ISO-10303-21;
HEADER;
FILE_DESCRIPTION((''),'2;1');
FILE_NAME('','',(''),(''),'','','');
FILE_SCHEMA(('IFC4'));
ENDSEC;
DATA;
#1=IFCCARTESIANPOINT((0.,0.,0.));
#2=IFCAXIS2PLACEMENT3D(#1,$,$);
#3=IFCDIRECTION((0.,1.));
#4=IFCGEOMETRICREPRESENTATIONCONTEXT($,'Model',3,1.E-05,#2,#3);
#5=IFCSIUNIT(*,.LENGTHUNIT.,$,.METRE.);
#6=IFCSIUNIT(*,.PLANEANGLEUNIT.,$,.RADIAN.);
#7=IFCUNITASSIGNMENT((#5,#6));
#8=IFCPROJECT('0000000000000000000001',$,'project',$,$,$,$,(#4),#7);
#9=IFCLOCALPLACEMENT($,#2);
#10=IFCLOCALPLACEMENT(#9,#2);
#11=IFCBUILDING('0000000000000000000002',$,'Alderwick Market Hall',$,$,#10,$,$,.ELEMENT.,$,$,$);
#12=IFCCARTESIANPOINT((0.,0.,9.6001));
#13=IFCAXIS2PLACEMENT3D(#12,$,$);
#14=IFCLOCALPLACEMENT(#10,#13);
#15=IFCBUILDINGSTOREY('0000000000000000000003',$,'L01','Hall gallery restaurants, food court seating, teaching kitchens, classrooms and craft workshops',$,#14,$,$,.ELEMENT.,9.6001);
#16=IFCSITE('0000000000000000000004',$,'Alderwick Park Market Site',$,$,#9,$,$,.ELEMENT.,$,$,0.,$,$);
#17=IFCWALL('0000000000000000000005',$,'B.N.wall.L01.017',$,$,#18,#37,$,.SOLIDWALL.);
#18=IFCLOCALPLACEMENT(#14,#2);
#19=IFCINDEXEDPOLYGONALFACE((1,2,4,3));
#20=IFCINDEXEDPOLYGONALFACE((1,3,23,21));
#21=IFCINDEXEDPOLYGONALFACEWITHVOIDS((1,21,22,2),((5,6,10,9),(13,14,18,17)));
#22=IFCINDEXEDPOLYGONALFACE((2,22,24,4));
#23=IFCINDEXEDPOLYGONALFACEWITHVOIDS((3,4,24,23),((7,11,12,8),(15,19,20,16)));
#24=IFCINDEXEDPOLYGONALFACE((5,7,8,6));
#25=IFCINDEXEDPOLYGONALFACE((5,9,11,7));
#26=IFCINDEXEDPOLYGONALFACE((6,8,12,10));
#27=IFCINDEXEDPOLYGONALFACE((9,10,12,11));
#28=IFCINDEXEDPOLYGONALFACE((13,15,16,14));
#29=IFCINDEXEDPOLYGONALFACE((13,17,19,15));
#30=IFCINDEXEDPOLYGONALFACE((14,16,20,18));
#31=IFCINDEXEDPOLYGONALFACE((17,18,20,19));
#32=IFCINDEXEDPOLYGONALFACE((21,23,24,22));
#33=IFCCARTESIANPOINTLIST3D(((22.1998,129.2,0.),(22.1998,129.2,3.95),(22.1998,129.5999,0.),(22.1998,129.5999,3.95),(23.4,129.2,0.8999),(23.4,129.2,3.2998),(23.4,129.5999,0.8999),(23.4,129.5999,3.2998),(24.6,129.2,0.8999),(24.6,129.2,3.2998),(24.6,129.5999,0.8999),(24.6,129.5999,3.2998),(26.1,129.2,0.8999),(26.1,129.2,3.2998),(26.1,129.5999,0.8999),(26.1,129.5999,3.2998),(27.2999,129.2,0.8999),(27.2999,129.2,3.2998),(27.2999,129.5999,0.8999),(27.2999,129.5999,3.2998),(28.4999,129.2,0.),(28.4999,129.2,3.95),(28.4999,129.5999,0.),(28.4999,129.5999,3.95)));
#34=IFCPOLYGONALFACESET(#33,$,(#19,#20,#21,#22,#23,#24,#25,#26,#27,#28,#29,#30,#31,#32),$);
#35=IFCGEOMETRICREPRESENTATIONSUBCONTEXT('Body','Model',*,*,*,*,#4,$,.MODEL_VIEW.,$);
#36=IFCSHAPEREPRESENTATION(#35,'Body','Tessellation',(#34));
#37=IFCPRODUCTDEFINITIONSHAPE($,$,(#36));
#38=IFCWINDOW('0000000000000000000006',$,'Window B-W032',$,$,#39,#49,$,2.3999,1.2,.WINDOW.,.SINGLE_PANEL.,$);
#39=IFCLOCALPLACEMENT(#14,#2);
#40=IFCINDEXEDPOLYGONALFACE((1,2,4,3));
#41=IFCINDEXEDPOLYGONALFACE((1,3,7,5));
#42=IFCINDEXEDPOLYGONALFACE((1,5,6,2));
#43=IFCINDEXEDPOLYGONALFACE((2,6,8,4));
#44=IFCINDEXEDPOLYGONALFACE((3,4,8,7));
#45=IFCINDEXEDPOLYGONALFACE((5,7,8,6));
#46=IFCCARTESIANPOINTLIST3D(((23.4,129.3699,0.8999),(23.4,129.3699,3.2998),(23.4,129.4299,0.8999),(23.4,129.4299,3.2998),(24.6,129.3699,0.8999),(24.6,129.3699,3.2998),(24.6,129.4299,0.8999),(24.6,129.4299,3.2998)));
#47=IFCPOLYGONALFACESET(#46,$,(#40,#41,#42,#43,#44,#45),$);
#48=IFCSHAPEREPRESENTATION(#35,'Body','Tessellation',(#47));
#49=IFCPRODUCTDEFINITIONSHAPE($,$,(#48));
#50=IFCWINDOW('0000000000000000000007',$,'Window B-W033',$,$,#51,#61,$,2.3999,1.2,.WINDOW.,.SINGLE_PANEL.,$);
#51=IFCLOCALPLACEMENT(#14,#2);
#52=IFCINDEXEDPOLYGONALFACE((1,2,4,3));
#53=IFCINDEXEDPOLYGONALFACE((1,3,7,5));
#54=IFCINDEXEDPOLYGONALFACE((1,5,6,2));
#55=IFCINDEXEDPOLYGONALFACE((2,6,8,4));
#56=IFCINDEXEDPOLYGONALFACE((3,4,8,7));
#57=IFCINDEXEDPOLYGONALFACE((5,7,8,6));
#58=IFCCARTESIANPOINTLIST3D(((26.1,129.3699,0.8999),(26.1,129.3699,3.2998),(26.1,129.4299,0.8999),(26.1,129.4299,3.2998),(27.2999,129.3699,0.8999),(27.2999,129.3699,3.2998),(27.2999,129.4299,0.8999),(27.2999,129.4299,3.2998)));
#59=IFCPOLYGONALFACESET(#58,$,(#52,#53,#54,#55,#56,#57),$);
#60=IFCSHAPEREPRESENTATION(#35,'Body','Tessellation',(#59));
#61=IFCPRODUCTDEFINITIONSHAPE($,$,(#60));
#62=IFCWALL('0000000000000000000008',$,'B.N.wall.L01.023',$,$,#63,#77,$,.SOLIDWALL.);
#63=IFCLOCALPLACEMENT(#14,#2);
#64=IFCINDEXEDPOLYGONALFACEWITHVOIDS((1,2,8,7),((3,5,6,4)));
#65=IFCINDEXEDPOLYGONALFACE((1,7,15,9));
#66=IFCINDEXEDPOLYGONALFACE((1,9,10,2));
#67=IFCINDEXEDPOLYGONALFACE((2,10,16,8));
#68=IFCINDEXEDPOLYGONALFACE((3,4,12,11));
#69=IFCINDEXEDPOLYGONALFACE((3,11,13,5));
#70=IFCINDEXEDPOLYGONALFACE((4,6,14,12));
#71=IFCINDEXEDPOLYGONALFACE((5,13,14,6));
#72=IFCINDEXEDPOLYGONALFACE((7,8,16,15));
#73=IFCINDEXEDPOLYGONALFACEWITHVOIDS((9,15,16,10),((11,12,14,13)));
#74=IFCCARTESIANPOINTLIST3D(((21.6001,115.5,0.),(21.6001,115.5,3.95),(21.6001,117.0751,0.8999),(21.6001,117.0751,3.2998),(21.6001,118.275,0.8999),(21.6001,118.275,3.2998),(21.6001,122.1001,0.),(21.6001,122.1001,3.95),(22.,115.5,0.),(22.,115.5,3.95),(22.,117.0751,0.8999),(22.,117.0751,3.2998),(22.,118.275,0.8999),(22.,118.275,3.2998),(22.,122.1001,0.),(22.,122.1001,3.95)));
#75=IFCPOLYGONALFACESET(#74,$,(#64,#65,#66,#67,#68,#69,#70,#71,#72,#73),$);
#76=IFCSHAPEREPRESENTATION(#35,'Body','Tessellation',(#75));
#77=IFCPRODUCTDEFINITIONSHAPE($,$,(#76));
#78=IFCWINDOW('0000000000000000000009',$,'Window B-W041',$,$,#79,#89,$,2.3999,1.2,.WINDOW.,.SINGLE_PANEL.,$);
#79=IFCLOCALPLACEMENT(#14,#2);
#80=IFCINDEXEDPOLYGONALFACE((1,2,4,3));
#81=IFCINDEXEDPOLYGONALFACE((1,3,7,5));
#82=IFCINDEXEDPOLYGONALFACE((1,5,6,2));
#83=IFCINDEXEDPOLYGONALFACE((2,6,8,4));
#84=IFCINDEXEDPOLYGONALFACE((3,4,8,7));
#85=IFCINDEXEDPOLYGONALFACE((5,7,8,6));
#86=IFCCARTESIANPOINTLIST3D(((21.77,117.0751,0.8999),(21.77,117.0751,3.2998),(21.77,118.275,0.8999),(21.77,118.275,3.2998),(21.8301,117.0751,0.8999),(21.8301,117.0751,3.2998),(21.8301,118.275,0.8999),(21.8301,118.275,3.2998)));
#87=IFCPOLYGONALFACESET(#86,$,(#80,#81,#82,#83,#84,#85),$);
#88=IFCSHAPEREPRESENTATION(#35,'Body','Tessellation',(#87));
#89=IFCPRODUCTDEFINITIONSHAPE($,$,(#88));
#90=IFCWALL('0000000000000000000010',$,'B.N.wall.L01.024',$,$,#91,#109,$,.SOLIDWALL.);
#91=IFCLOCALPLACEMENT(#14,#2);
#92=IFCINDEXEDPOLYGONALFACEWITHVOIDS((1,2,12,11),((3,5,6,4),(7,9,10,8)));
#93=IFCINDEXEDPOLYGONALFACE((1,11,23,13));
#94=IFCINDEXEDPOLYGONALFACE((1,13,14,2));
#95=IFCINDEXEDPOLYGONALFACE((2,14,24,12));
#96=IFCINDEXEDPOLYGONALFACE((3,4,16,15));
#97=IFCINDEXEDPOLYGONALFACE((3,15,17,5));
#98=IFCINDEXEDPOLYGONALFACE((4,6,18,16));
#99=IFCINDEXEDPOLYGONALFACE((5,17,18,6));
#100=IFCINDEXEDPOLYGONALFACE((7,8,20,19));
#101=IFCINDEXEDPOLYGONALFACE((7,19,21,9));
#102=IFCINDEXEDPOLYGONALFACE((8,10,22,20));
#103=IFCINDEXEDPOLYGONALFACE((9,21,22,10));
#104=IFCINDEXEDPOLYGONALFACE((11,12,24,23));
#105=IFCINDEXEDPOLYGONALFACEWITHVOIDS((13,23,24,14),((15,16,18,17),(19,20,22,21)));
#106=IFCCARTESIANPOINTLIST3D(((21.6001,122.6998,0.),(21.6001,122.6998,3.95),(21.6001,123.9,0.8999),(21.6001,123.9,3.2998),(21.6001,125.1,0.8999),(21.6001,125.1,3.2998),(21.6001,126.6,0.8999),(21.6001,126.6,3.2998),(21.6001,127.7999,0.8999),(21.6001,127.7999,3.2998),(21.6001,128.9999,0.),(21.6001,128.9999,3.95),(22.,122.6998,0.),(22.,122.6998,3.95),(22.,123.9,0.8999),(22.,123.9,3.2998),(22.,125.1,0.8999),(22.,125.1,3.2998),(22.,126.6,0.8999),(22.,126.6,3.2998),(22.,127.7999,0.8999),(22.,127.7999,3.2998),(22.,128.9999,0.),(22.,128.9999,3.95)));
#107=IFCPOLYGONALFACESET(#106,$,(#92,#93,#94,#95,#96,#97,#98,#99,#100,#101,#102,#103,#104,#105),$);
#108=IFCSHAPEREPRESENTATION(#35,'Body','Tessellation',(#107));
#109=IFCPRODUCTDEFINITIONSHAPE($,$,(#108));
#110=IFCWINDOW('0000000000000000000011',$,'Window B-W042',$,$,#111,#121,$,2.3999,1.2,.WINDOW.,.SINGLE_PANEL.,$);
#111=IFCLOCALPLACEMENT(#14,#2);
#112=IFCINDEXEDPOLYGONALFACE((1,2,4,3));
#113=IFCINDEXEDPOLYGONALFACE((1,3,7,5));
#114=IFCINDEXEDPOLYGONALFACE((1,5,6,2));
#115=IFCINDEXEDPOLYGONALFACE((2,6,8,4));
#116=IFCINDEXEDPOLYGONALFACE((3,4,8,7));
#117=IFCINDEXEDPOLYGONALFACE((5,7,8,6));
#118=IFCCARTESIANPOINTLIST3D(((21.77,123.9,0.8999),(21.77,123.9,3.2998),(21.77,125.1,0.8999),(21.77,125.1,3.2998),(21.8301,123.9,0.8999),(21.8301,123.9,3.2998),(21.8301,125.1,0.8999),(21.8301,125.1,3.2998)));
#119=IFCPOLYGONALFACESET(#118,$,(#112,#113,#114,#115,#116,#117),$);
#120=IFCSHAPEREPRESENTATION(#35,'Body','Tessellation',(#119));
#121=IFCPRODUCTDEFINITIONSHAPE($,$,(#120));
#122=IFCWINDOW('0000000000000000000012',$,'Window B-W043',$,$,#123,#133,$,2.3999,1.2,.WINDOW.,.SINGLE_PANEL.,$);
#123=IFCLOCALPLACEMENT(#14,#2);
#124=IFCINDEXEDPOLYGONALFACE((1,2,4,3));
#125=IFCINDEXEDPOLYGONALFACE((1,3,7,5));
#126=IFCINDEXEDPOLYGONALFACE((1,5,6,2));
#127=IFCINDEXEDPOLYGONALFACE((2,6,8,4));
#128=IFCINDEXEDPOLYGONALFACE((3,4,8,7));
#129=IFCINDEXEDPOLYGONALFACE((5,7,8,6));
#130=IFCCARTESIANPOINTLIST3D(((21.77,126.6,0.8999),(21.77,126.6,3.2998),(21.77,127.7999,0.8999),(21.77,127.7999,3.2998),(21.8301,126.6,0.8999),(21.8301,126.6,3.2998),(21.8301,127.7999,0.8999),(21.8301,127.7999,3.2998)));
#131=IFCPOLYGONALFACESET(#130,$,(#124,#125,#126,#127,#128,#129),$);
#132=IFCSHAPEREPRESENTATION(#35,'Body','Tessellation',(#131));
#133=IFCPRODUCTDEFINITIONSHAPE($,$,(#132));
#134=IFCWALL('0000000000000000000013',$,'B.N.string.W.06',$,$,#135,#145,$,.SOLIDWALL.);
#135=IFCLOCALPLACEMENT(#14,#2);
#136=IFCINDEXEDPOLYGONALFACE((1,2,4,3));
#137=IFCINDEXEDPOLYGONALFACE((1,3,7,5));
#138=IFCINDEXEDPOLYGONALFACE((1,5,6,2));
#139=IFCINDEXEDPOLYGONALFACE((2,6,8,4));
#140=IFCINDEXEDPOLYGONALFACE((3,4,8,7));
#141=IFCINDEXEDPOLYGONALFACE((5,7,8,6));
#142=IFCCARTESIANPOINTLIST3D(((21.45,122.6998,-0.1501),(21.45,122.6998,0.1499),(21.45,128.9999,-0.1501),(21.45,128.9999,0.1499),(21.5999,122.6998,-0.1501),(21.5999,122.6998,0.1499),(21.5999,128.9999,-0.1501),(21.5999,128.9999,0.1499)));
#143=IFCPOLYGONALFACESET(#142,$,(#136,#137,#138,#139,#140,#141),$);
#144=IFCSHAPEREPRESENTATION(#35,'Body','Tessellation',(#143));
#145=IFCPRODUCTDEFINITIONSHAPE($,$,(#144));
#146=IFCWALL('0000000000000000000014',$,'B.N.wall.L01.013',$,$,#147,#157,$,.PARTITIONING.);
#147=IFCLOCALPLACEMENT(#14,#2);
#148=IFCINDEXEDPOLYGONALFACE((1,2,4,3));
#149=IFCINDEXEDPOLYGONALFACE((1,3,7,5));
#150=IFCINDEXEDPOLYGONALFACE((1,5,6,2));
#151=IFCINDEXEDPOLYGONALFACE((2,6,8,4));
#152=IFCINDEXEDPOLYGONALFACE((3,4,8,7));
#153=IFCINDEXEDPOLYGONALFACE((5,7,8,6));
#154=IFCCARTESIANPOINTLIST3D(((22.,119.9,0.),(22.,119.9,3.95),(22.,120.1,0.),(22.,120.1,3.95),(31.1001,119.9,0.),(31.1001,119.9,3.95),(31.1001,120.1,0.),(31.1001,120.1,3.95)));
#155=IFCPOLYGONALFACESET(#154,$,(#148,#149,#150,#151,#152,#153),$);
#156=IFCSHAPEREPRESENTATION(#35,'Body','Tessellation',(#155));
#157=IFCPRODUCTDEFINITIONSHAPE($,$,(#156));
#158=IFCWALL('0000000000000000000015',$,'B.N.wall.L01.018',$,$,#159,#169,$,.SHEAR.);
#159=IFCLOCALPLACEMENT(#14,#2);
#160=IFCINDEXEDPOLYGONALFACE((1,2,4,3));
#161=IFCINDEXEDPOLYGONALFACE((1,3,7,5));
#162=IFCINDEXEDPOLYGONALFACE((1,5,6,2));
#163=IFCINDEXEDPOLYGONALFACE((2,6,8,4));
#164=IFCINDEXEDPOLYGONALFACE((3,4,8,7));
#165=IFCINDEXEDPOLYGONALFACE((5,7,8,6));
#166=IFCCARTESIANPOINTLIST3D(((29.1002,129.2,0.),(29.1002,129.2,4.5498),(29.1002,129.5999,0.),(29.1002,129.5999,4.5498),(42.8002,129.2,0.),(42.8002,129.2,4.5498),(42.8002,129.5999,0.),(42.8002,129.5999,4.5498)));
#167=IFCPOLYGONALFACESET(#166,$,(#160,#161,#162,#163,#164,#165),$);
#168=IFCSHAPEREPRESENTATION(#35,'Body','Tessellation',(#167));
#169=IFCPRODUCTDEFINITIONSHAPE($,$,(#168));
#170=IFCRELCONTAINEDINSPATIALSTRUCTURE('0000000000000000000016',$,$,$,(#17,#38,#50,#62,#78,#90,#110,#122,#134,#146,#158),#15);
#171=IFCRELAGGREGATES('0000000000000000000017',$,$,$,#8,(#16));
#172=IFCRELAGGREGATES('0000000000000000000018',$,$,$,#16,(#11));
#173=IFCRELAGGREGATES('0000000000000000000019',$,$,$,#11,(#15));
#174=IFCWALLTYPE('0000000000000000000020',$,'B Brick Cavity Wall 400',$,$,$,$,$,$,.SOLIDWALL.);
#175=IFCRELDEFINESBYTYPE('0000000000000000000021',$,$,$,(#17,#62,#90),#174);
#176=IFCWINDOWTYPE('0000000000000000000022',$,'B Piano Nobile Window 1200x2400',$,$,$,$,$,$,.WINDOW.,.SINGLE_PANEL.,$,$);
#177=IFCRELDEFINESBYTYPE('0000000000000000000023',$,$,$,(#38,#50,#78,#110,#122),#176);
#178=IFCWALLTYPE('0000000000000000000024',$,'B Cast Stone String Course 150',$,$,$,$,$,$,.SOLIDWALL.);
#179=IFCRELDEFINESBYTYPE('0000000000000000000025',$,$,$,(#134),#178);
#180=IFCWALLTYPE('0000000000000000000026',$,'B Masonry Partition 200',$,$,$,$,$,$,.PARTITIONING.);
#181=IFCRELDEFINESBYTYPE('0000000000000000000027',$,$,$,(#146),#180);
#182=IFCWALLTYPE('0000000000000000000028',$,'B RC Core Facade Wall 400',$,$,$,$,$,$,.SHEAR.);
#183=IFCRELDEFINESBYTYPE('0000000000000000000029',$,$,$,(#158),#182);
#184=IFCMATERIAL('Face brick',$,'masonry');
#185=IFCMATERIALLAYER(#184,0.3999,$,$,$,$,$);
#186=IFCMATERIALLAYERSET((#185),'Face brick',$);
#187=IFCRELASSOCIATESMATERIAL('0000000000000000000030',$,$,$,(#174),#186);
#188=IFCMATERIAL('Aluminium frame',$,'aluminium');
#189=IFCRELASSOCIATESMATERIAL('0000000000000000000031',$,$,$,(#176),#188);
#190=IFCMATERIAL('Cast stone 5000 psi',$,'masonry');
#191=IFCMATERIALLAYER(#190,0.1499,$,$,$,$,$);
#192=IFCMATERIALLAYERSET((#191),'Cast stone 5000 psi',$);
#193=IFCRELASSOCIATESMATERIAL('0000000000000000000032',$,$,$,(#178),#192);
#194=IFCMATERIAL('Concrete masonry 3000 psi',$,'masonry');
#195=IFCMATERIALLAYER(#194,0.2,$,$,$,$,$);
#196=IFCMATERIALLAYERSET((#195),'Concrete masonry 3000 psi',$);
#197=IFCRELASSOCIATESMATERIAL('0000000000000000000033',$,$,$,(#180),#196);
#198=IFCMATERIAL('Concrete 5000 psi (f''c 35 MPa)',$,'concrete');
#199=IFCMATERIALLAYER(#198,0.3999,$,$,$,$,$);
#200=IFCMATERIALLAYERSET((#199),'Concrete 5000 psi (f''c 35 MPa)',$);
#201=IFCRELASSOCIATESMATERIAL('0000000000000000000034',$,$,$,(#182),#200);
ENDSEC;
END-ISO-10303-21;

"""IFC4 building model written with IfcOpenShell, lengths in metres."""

from ifc_helpers import new_model, si_unit, direction, frame, frame_2d, origin, place, context, subcontext, project, spatial, rectangle, extrude, material, layer, layer_set, type_object, element, fill, save


model = new_model("IFC4")

# Units and contexts
model_context = context("Model", 3, precision=1e-05, world=origin(), true_north=direction((0.0, 1.0)))
body_context = subcontext(model_context, "Body", "Model", "MODEL_VIEW")
ifc_project = project(units=[si_unit("LENGTHUNIT", "METRE"), si_unit("PLANEANGLEUNIT", "RADIAN")], contexts=[model_context])

# Site, building, storey
site_placement = place(None, origin())
site = spatial("IfcSite", under=ifc_project, at=site_placement, Name="Alderwick Park Market Site", CompositionType="ELEMENT", RefElevation=0.0)
building_placement = place(site_placement, origin())
building = spatial("IfcBuilding", under=site, at=building_placement, Name="Alderwick Market Hall", CompositionType="ELEMENT")
storey_placement = place(building_placement, frame((0.0, 0.0, 9.6001)))
storey = spatial("IfcBuildingStorey", under=building, at=storey_placement, Name="L01", Description="Hall gallery restaurants, food court seating, teaching kitchens, classrooms and craft workshops", CompositionType="ELEMENT", Elevation=9.6001)

# Shared definitions
ifc_material_1 = material(Name="Concrete 5000 psi (f'c 35 MPa)", Category="concrete")

# Wall, openings, windows
ifc_material_2 = material(Name="Face brick", Category="masonry")
ifc_layer_1 = layer(ifc_material_2, 0.3999)
ifc_layer_set_1 = layer_set([ifc_layer_1], Name="Face brick")
wall_type_1 = type_object("IfcWallType", Name="B Brick Cavity Wall 400", PredefinedType="SOLIDWALL", material=ifc_layer_set_1)
wall_1_placement = place(storey_placement, frame((22.2, 129.3999, 0.0), z_axis=(0.0, 0.0, 1.0), x_axis=(1.0, 0.0, 0.0)))
wall_1 = element("IfcWall", 1, at=wall_1_placement, inside=storey, type_object=wall_type_1, Name="B.N.wall.L01.017", PredefinedType="SOLIDWALL", context=body_context, shape_type="SweptSolid", body=[
    extrude(rectangle(XDim=6.3, YDim=0.3999, at=frame_2d((3.1499, 0.0))), origin(), (0.0, 0.0, 1.0), 3.95),
])
opening_1_placement = place(wall_1_placement, frame((1.2, 0.0, 0.8999)))
opening_1 = element("IfcOpeningElement", 2, at=opening_1_placement, cuts=wall_1, PredefinedType="OPENING", context=body_context, shape_type="SweptSolid", body=[
    extrude(rectangle(XDim=1.2, YDim=2.3999, at=frame_2d((0.6001, 1.2))), frame((0.0, 0.21, 0.0), z_axis=(0.0, -1.0, 0.0), x_axis=(1.0, 0.0, 0.0)), (0.0, 0.0, 1.0), 0.4199),
])
opening_2_placement = place(wall_1_placement, frame((3.8999, 0.0, 0.8999)))
opening_2 = element("IfcOpeningElement", 3, at=opening_2_placement, cuts=wall_1, PredefinedType="OPENING", context=body_context, shape_type="SweptSolid", body=[
    extrude(rectangle(XDim=1.2, YDim=2.3999, at=frame_2d((0.6001, 1.2))), frame((0.0, 0.21, 0.0), z_axis=(0.0, -1.0, 0.0), x_axis=(1.0, 0.0, 0.0)), (0.0, 0.0, 1.0), 0.4199),
])
ifc_material_3 = material(Name="Aluminium frame", Category="aluminium")
window_type = type_object("IfcWindowType", Name="B Piano Nobile Window 1200x2400", PartitioningType="SINGLE_PANEL", PredefinedType="WINDOW", material=ifc_material_3)
window_1_placement = place(opening_1_placement, origin())
window_1 = element("IfcWindow", 4, at=window_1_placement, inside=storey, type_object=window_type, Name="Window B-W032", OverallHeight=2.3999, OverallWidth=1.2, PartitioningType="SINGLE_PANEL", PredefinedType="WINDOW", context=body_context, shape_type="SweptSolid", body=[
    extrude(rectangle(XDim=1.2, YDim=2.3999, at=frame_2d((0.6001, 1.2))), frame((0.0, 0.03, 0.0), z_axis=(0.0, -1.0, 0.0), x_axis=(1.0, 0.0, 0.0)), (0.0, 0.0, 1.0), 0.0601),
])
fill(opening_1, window_1)
window_2_placement = place(opening_2_placement, origin())
window_2 = element("IfcWindow", 5, at=window_2_placement, inside=storey, type_object=window_type, Name="Window B-W033", OverallHeight=2.3999, OverallWidth=1.2, PartitioningType="SINGLE_PANEL", PredefinedType="WINDOW", context=body_context, shape_type="SweptSolid", body=[
    extrude(rectangle(XDim=1.2, YDim=2.3999, at=frame_2d((0.6001, 1.2))), frame((0.0, 0.03, 0.0), z_axis=(0.0, -1.0, 0.0), x_axis=(1.0, 0.0, 0.0)), (0.0, 0.0, 1.0), 0.0601),
])
fill(opening_2, window_2)

# Wall, opening, window
wall_2_placement = place(storey_placement, frame((21.8, 115.5, 0.0), z_axis=(0.0, 0.0, 1.0), x_axis=(0.0, 1.0, 0.0)))
wall_2 = element("IfcWall", 6, at=wall_2_placement, inside=storey, type_object=wall_type_1, Name="B.N.wall.L01.023", PredefinedType="SOLIDWALL", context=body_context, shape_type="SweptSolid", body=[
    extrude(rectangle(XDim=6.6001, YDim=0.3999, at=frame_2d((3.3, 0.0))), origin(), (0.0, 0.0, 1.0), 3.95),
])
opening_3_placement = place(wall_2_placement, frame((1.575, 0.0, 0.8999)))
opening_3 = element("IfcOpeningElement", 7, at=opening_3_placement, cuts=wall_2, PredefinedType="OPENING", context=body_context, shape_type="SweptSolid", body=[
    extrude(rectangle(XDim=1.2, YDim=2.3999, at=frame_2d((0.6001, 1.2))), frame((0.0, 0.21, 0.0), z_axis=(0.0, -1.0, 0.0), x_axis=(1.0, 0.0, 0.0)), (0.0, 0.0, 1.0), 0.4199),
])
window_3_placement = place(opening_3_placement, origin())
window_3 = element("IfcWindow", 8, at=window_3_placement, inside=storey, type_object=window_type, Name="Window B-W041", OverallHeight=2.3999, OverallWidth=1.2, PartitioningType="SINGLE_PANEL", PredefinedType="WINDOW", context=body_context, shape_type="SweptSolid", body=[
    extrude(rectangle(XDim=1.2, YDim=2.3999, at=frame_2d((0.6001, 1.2))), frame((0.0, 0.03, 0.0), z_axis=(0.0, -1.0, 0.0), x_axis=(1.0, 0.0, 0.0)), (0.0, 0.0, 1.0), 0.0601),
])
fill(opening_3, window_3)

# Wall, openings, windows
wall_3_placement = place(storey_placement, frame((21.8, 122.7, 0.0), z_axis=(0.0, 0.0, 1.0), x_axis=(0.0, 1.0, 0.0)))
wall_3 = element("IfcWall", 9, at=wall_3_placement, inside=storey, type_object=wall_type_1, Name="B.N.wall.L01.024", PredefinedType="SOLIDWALL", context=body_context, shape_type="SweptSolid", body=[
    extrude(rectangle(XDim=6.3, YDim=0.3999, at=frame_2d((3.1499, 0.0))), origin(), (0.0, 0.0, 1.0), 3.95),
])
opening_4_placement = place(wall_3_placement, frame((1.2, 0.0, 0.8999)))
opening_4 = element("IfcOpeningElement", 10, at=opening_4_placement, cuts=wall_3, PredefinedType="OPENING", context=body_context, shape_type="SweptSolid", body=[
    extrude(rectangle(XDim=1.2, YDim=2.3999, at=frame_2d((0.6001, 1.2))), frame((0.0, 0.21, 0.0), z_axis=(0.0, -1.0, 0.0), x_axis=(1.0, 0.0, 0.0)), (0.0, 0.0, 1.0), 0.4199),
])
opening_5_placement = place(wall_3_placement, frame((3.8999, 0.0, 0.8999)))
opening_5 = element("IfcOpeningElement", 11, at=opening_5_placement, cuts=wall_3, PredefinedType="OPENING", context=body_context, shape_type="SweptSolid", body=[
    extrude(rectangle(XDim=1.2, YDim=2.3999, at=frame_2d((0.6001, 1.2))), frame((0.0, 0.21, 0.0), z_axis=(0.0, -1.0, 0.0), x_axis=(1.0, 0.0, 0.0)), (0.0, 0.0, 1.0), 0.4199),
])
window_4_placement = place(opening_4_placement, origin())
window_4 = element("IfcWindow", 12, at=window_4_placement, inside=storey, type_object=window_type, Name="Window B-W042", OverallHeight=2.3999, OverallWidth=1.2, PartitioningType="SINGLE_PANEL", PredefinedType="WINDOW", context=body_context, shape_type="SweptSolid", body=[
    extrude(rectangle(XDim=1.2, YDim=2.3999, at=frame_2d((0.6001, 1.2))), frame((0.0, 0.03, 0.0), z_axis=(0.0, -1.0, 0.0), x_axis=(1.0, 0.0, 0.0)), (0.0, 0.0, 1.0), 0.0601),
])
fill(opening_4, window_4)
window_5_placement = place(opening_5_placement, origin())
window_5 = element("IfcWindow", 13, at=window_5_placement, inside=storey, type_object=window_type, Name="Window B-W043", OverallHeight=2.3999, OverallWidth=1.2, PartitioningType="SINGLE_PANEL", PredefinedType="WINDOW", context=body_context, shape_type="SweptSolid", body=[
    extrude(rectangle(XDim=1.2, YDim=2.3999, at=frame_2d((0.6001, 1.2))), frame((0.0, 0.03, 0.0), z_axis=(0.0, -1.0, 0.0), x_axis=(1.0, 0.0, 0.0)), (0.0, 0.0, 1.0), 0.0601),
])
fill(opening_5, window_5)

# Walls
ifc_material_4 = material(Name="Cast stone 5000 psi", Category="masonry")
ifc_layer_2 = layer(ifc_material_4, 0.1499)
ifc_layer_set_2 = layer_set([ifc_layer_2], Name="Cast stone 5000 psi")
wall_type_2 = type_object("IfcWallType", Name="B Cast Stone String Course 150", PredefinedType="SOLIDWALL", material=ifc_layer_set_2)
wall_4_placement = place(storey_placement, frame((21.5249, 122.7, -0.1501), z_axis=(0.0, 0.0, 1.0), x_axis=(0.0, 1.0, 0.0)))
element("IfcWall", 14, at=wall_4_placement, inside=storey, type_object=wall_type_2, Name="B.N.string.W.06", PredefinedType="SOLIDWALL", context=body_context, shape_type="SweptSolid", body=[
    extrude(rectangle(XDim=6.3, YDim=0.1499, at=frame_2d((3.1499, 0.0))), origin(), (0.0, 0.0, 1.0), 0.3),
])
ifc_material_5 = material(Name="Concrete masonry 3000 psi", Category="masonry")
ifc_layer_3 = layer(ifc_material_5, 0.2)
ifc_layer_set_3 = layer_set([ifc_layer_3], Name="Concrete masonry 3000 psi")
wall_type_3 = type_object("IfcWallType", Name="B Masonry Partition 200", PredefinedType="PARTITIONING", material=ifc_layer_set_3)
wall_5_placement = place(storey_placement, frame((22.0, 120.0, 0.0), z_axis=(0.0, 0.0, 1.0), x_axis=(1.0, 0.0, 0.0)))
element("IfcWall", 15, at=wall_5_placement, inside=storey, type_object=wall_type_3, Name="B.N.wall.L01.013", PredefinedType="PARTITIONING", context=body_context, shape_type="SweptSolid", body=[
    extrude(rectangle(XDim=9.1001, YDim=0.2, at=frame_2d((4.55, 0.0))), origin(), (0.0, 0.0, 1.0), 3.95),
])
ifc_layer_4 = layer(ifc_material_1, 0.3999)
ifc_layer_set_4 = layer_set([ifc_layer_4], Name="Concrete 5000 psi (f'c 35 MPa)")
wall_type_4 = type_object("IfcWallType", Name="B RC Core Facade Wall 400", PredefinedType="SHEAR", material=ifc_layer_set_4)
wall_6_placement = place(storey_placement, frame((29.1001, 129.3999, 0.0), z_axis=(0.0, 0.0, 1.0), x_axis=(1.0, 0.0, 0.0)))
element("IfcWall", 16, at=wall_6_placement, inside=storey, type_object=wall_type_4, Name="B.N.wall.L01.018", PredefinedType="SHEAR", context=body_context, shape_type="SweptSolid", body=[
    extrude(rectangle(XDim=13.7, YDim=0.3999, at=frame_2d((6.8501, 0.0))), origin(), (0.0, 0.0, 1.0), 4.5498),
])

save(model, "model.ifc")
